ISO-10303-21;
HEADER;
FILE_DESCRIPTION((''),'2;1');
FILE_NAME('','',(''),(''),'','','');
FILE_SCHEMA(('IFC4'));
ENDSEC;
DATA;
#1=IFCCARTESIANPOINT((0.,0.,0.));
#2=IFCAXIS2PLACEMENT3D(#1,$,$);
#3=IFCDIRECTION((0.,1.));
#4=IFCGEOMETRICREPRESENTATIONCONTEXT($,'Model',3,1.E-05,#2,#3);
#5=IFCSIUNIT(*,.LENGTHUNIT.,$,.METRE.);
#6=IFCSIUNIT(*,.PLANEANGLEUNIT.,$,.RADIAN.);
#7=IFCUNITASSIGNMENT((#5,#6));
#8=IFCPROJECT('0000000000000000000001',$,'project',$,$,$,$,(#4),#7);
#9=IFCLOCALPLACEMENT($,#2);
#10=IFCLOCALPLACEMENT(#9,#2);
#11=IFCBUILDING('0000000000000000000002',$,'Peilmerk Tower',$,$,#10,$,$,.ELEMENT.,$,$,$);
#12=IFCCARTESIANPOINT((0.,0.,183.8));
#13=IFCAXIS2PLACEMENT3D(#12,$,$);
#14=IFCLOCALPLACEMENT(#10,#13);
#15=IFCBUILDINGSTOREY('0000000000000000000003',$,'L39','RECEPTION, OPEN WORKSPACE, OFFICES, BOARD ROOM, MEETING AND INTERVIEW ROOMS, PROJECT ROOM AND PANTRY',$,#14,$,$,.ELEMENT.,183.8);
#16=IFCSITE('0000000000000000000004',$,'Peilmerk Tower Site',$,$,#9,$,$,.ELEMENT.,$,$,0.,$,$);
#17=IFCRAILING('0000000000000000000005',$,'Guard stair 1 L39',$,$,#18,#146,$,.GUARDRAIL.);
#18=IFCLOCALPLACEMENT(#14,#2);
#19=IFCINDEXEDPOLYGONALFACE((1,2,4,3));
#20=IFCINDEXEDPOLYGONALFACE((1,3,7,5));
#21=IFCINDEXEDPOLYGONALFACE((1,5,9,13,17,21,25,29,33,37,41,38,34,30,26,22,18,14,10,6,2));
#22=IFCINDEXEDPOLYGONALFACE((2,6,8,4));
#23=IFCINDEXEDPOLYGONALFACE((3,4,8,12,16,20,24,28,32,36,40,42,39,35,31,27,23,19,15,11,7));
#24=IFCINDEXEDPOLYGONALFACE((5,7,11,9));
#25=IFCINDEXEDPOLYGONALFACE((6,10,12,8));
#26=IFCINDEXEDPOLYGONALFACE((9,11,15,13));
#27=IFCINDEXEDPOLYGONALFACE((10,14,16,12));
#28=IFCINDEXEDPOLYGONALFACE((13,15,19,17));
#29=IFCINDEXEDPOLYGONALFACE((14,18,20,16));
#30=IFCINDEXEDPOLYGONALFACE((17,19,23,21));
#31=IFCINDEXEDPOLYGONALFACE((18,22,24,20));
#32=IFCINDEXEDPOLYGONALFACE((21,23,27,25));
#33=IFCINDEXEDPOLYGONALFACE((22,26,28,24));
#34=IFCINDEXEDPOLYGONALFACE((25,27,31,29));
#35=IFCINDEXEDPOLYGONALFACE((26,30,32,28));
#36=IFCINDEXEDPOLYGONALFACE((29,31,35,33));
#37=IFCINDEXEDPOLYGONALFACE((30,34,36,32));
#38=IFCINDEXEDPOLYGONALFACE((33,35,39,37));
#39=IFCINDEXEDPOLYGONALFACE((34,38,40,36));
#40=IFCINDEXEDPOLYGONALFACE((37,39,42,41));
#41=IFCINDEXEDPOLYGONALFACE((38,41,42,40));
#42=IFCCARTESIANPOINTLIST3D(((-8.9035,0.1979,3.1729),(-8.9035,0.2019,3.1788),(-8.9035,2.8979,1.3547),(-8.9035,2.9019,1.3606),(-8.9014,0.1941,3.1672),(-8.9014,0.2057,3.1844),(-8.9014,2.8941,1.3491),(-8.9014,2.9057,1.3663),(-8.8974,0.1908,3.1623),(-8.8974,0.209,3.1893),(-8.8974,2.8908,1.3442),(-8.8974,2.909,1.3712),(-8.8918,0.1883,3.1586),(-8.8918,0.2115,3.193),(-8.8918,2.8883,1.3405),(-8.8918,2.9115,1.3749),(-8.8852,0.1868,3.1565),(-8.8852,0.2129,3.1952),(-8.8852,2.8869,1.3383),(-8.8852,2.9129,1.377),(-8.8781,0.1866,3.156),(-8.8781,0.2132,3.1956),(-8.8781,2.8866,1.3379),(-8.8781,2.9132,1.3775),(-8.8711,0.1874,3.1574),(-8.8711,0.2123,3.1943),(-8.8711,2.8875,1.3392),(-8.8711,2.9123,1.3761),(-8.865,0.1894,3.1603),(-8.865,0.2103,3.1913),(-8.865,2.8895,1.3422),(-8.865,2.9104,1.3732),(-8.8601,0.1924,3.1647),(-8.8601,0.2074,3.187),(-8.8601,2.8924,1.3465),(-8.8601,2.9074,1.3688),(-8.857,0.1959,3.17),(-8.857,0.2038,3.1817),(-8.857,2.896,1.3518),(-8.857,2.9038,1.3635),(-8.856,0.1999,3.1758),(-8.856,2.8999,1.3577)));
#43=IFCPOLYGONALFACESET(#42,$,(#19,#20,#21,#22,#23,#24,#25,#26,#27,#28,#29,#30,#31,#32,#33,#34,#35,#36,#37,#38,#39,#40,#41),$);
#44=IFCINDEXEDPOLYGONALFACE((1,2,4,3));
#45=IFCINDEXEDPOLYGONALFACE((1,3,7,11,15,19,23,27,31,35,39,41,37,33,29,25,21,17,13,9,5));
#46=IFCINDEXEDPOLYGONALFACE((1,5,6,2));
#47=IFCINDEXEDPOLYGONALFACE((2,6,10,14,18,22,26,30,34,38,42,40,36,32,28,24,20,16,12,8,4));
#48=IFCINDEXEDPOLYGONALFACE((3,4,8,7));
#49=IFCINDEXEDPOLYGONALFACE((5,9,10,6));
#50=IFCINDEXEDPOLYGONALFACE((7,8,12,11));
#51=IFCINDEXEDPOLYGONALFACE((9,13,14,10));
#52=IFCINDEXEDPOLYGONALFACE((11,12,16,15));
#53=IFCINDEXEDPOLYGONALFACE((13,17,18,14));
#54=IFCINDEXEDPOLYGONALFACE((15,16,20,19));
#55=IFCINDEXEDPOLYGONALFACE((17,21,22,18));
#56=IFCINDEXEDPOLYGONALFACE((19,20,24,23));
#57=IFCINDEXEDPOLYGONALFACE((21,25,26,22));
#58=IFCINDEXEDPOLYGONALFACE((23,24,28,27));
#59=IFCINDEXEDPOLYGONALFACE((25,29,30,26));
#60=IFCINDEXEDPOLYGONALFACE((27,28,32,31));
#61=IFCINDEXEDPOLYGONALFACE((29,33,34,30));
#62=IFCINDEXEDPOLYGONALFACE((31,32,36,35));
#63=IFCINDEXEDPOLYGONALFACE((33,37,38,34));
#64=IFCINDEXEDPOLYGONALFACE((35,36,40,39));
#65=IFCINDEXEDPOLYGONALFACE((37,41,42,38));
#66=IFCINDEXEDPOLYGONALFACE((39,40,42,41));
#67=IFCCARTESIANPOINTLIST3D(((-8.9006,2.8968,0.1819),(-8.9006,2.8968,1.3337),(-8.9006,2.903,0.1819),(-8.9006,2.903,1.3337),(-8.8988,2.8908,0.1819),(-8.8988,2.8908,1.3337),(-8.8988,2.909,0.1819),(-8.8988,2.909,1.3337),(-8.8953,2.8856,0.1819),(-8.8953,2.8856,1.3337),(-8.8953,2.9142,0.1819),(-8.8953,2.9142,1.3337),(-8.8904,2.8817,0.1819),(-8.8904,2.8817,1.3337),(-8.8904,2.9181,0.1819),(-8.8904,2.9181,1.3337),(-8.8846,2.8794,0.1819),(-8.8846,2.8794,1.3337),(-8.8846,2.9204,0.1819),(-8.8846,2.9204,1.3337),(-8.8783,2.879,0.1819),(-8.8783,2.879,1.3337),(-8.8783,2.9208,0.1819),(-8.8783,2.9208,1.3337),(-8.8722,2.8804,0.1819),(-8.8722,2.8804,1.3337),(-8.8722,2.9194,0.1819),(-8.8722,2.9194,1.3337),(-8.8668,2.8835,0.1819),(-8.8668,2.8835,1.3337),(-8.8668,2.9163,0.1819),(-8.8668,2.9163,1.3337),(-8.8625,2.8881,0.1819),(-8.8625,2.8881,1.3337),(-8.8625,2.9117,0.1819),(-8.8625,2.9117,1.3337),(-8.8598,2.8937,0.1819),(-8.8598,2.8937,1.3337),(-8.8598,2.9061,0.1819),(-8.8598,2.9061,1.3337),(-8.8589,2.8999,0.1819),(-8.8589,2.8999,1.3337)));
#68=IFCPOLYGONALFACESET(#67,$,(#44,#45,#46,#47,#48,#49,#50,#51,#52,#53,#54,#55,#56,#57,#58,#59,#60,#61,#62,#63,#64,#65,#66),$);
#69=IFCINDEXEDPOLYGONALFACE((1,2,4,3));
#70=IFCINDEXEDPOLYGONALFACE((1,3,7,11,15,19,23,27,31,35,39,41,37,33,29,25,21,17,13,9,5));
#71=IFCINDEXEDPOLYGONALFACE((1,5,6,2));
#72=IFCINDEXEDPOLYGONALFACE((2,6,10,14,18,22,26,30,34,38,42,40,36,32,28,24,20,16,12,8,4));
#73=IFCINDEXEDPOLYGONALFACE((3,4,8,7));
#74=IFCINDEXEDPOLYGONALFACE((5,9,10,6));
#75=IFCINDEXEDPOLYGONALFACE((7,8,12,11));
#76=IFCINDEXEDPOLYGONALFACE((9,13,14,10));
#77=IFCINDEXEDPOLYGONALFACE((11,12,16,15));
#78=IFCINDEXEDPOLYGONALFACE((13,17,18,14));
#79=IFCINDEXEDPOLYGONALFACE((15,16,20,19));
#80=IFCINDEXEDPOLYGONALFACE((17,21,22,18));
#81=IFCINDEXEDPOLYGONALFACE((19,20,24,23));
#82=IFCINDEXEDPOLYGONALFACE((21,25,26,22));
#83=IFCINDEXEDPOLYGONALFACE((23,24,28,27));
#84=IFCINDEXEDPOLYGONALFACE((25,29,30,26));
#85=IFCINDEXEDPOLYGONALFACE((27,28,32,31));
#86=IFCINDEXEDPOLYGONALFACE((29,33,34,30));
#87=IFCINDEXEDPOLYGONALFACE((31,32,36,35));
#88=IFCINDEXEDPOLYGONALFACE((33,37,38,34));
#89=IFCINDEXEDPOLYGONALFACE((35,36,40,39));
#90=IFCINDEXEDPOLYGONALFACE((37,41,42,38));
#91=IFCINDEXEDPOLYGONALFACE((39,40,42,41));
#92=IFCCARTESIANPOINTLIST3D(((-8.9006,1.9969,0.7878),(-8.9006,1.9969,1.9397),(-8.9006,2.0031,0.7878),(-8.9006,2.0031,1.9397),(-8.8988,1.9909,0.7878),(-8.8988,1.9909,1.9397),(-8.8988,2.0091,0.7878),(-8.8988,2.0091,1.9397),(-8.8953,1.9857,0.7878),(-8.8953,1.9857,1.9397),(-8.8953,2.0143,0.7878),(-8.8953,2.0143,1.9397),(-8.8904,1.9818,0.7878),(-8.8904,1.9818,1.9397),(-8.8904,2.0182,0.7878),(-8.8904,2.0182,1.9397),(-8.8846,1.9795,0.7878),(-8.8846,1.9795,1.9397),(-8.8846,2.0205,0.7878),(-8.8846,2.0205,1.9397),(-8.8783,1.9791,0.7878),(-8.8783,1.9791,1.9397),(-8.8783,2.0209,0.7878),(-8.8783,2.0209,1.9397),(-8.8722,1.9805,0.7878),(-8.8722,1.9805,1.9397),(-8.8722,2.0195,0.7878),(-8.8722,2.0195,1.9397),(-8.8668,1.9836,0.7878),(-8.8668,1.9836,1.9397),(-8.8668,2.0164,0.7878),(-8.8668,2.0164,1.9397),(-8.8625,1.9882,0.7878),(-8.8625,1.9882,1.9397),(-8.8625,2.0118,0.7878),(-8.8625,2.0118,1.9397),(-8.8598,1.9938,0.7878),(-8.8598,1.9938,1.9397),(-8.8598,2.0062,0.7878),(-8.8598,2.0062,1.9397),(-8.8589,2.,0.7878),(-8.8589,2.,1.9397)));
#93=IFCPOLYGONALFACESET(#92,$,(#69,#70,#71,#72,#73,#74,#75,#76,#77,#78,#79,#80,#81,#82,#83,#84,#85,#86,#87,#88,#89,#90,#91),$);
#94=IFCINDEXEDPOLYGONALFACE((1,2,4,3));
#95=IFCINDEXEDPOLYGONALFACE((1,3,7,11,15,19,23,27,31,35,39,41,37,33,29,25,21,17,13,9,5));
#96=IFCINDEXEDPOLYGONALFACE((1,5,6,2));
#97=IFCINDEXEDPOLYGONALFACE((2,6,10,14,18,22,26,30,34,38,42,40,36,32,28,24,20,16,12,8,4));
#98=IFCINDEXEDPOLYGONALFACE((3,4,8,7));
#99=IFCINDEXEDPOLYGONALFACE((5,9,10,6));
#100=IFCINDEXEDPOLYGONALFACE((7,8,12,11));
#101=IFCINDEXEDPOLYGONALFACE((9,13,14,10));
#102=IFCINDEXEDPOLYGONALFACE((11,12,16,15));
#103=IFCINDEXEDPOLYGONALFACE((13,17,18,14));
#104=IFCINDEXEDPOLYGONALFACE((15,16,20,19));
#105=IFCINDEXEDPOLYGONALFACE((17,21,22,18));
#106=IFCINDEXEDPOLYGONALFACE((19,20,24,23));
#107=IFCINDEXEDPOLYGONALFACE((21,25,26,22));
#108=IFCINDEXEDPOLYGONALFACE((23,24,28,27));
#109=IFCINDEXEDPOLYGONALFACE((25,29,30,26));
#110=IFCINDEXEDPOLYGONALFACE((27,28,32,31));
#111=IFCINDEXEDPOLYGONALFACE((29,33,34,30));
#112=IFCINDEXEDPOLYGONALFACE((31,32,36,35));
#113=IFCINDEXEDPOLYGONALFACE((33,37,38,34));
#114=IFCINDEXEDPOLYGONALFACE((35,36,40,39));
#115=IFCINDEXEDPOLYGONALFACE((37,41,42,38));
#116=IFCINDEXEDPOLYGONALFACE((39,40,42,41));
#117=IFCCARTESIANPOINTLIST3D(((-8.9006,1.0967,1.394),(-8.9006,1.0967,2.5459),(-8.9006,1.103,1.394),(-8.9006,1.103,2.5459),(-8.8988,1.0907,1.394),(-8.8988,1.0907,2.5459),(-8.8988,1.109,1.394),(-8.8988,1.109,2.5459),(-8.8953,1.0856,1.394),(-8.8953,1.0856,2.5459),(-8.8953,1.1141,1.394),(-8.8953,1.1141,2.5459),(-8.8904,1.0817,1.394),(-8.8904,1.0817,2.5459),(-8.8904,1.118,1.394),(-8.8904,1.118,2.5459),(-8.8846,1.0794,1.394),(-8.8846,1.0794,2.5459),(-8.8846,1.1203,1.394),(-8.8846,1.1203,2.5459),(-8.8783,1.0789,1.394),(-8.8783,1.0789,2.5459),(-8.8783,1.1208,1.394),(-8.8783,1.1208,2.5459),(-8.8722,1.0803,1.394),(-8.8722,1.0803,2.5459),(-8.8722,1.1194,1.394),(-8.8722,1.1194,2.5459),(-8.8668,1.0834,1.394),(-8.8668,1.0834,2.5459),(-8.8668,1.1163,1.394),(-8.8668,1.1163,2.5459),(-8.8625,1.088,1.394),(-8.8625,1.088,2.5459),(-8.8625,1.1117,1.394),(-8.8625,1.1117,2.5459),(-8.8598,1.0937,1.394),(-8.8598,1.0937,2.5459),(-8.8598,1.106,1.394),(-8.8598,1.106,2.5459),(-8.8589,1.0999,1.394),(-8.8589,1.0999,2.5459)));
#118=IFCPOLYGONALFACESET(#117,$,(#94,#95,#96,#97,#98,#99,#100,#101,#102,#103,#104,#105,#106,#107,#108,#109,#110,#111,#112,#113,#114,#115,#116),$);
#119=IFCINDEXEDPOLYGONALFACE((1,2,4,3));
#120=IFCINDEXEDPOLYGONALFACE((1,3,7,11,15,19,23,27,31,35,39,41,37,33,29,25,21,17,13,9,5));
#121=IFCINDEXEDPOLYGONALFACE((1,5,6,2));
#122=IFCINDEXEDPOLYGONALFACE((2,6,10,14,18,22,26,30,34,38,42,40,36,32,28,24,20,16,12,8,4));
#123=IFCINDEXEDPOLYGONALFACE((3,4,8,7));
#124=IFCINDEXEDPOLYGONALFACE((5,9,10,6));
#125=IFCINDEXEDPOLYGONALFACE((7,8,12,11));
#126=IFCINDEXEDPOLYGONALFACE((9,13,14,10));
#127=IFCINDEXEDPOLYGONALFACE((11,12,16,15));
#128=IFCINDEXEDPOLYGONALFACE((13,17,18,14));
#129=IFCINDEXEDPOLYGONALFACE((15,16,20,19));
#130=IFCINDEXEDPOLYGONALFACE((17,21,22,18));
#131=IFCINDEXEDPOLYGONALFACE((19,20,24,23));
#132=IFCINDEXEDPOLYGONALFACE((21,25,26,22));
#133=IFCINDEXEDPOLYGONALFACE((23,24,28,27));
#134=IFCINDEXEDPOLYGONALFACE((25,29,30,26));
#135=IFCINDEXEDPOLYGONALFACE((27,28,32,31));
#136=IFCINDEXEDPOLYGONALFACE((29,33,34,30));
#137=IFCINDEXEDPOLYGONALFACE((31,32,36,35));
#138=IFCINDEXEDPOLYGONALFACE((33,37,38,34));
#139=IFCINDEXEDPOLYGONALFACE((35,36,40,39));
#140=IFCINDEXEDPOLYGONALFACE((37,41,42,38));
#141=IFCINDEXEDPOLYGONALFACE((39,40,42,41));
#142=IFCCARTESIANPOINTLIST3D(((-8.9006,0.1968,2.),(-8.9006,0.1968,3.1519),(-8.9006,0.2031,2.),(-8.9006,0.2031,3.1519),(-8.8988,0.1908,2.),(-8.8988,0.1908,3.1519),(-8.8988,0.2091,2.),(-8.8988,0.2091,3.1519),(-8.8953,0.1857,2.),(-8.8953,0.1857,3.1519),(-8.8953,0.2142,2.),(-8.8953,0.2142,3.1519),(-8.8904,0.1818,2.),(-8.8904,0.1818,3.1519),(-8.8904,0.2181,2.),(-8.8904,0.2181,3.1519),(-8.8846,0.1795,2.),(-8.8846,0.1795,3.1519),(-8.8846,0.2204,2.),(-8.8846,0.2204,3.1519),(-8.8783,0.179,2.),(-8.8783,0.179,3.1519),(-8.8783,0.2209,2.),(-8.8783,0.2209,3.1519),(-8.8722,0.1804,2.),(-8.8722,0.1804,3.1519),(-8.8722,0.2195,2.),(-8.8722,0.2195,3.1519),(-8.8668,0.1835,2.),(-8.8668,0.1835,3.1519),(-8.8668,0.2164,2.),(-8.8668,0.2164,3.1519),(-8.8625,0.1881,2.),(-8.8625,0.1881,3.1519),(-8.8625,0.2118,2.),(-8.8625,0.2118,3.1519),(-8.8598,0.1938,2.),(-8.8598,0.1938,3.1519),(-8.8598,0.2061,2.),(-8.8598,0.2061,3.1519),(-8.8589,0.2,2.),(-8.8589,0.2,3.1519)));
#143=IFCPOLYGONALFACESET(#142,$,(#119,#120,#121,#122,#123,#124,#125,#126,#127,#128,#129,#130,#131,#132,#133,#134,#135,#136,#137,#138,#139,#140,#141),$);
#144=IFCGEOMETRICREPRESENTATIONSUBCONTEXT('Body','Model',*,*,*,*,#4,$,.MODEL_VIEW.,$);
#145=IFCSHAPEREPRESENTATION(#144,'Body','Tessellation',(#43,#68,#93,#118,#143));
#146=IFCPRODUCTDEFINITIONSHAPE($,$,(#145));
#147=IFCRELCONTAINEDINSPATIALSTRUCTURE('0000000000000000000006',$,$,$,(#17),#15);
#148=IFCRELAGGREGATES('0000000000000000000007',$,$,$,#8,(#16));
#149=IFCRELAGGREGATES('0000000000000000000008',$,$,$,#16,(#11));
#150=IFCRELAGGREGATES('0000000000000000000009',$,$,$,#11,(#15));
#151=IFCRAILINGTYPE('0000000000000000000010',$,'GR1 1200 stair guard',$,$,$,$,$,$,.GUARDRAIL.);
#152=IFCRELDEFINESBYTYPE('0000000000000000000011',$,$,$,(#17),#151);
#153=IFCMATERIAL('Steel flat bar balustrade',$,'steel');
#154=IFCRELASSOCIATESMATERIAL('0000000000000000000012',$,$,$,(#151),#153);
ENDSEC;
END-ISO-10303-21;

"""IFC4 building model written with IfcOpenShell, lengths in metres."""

from ifc_helpers import new_model, si_unit, direction, frame, origin, origin_2d, place, context, subcontext, project, spatial, circle, extrude, material, type_object, element, save


model = new_model("IFC4")

# Units and contexts
model_context = context("Model", 3, precision=1e-05, world=origin(), true_north=direction((0.0, 1.0)))
body_context = subcontext(model_context, "Body", "Model", "MODEL_VIEW")
ifc_project = project(units=[si_unit("LENGTHUNIT", "METRE"), si_unit("PLANEANGLEUNIT", "RADIAN")], contexts=[model_context])

# Site, building, storey
site_placement = place(None, origin())
site = spatial("IfcSite", under=ifc_project, at=site_placement, Name="Peilmerk Tower Site", CompositionType="ELEMENT", RefElevation=0.0)
building_placement = place(site_placement, origin())
building = spatial("IfcBuilding", under=site, at=building_placement, Name="Peilmerk Tower", CompositionType="ELEMENT")
storey_placement = place(building_placement, frame((0.0, 0.0, 183.8)))
storey = spatial("IfcBuildingStorey", under=building, at=storey_placement, Name="L39", Description="RECEPTION, OPEN WORKSPACE, OFFICES, BOARD ROOM, MEETING AND INTERVIEW ROOMS, PROJECT ROOM AND PANTRY", CompositionType="ELEMENT", Elevation=183.8)

# Railing
ifc_material_1 = material(Name="Steel flat bar balustrade", Category="steel")
railing_type_1 = type_object("IfcRailingType", Name="GR1 1200 stair guard", PredefinedType="GUARDRAIL", material=ifc_material_1)
railing_1_placement = place(storey_placement, frame((-8.8799, 2.8999, 0.1819)))
element("IfcRailing", 1, at=railing_1_placement, inside=storey, type_object=railing_type_1, Name="Guard stair 1 L39", PredefinedType="GUARDRAIL", context=body_context, shape_type="SweptSolid", body=[
    extrude(circle(Radius=0.0239, at=origin_2d()), frame((0.0, 0.0, 1.1758), z_axis=(0.0, -0.829468, 0.558554), x_axis=(1.0, 0.0, 0.0)), (0.0, 0.0, 1.0), 3.2551),
    extrude(circle(Radius=0.021, at=origin_2d()), origin(), (0.0, 0.0, 1.0), 1.1519),
    extrude(circle(Radius=0.021, at=origin_2d()), frame((0.0, -0.8999, 0.606)), (0.0, 0.0, 1.0), 1.1519),
    extrude(circle(Radius=0.021, at=origin_2d()), frame((0.0, -1.8, 1.2122)), (0.0, 0.0, 1.0), 1.1519),
    extrude(circle(Radius=0.021, at=origin_2d()), frame((0.0, -2.7, 1.8181)), (0.0, 0.0, 1.0), 1.1519),
])

save(model, "model.ifc")
